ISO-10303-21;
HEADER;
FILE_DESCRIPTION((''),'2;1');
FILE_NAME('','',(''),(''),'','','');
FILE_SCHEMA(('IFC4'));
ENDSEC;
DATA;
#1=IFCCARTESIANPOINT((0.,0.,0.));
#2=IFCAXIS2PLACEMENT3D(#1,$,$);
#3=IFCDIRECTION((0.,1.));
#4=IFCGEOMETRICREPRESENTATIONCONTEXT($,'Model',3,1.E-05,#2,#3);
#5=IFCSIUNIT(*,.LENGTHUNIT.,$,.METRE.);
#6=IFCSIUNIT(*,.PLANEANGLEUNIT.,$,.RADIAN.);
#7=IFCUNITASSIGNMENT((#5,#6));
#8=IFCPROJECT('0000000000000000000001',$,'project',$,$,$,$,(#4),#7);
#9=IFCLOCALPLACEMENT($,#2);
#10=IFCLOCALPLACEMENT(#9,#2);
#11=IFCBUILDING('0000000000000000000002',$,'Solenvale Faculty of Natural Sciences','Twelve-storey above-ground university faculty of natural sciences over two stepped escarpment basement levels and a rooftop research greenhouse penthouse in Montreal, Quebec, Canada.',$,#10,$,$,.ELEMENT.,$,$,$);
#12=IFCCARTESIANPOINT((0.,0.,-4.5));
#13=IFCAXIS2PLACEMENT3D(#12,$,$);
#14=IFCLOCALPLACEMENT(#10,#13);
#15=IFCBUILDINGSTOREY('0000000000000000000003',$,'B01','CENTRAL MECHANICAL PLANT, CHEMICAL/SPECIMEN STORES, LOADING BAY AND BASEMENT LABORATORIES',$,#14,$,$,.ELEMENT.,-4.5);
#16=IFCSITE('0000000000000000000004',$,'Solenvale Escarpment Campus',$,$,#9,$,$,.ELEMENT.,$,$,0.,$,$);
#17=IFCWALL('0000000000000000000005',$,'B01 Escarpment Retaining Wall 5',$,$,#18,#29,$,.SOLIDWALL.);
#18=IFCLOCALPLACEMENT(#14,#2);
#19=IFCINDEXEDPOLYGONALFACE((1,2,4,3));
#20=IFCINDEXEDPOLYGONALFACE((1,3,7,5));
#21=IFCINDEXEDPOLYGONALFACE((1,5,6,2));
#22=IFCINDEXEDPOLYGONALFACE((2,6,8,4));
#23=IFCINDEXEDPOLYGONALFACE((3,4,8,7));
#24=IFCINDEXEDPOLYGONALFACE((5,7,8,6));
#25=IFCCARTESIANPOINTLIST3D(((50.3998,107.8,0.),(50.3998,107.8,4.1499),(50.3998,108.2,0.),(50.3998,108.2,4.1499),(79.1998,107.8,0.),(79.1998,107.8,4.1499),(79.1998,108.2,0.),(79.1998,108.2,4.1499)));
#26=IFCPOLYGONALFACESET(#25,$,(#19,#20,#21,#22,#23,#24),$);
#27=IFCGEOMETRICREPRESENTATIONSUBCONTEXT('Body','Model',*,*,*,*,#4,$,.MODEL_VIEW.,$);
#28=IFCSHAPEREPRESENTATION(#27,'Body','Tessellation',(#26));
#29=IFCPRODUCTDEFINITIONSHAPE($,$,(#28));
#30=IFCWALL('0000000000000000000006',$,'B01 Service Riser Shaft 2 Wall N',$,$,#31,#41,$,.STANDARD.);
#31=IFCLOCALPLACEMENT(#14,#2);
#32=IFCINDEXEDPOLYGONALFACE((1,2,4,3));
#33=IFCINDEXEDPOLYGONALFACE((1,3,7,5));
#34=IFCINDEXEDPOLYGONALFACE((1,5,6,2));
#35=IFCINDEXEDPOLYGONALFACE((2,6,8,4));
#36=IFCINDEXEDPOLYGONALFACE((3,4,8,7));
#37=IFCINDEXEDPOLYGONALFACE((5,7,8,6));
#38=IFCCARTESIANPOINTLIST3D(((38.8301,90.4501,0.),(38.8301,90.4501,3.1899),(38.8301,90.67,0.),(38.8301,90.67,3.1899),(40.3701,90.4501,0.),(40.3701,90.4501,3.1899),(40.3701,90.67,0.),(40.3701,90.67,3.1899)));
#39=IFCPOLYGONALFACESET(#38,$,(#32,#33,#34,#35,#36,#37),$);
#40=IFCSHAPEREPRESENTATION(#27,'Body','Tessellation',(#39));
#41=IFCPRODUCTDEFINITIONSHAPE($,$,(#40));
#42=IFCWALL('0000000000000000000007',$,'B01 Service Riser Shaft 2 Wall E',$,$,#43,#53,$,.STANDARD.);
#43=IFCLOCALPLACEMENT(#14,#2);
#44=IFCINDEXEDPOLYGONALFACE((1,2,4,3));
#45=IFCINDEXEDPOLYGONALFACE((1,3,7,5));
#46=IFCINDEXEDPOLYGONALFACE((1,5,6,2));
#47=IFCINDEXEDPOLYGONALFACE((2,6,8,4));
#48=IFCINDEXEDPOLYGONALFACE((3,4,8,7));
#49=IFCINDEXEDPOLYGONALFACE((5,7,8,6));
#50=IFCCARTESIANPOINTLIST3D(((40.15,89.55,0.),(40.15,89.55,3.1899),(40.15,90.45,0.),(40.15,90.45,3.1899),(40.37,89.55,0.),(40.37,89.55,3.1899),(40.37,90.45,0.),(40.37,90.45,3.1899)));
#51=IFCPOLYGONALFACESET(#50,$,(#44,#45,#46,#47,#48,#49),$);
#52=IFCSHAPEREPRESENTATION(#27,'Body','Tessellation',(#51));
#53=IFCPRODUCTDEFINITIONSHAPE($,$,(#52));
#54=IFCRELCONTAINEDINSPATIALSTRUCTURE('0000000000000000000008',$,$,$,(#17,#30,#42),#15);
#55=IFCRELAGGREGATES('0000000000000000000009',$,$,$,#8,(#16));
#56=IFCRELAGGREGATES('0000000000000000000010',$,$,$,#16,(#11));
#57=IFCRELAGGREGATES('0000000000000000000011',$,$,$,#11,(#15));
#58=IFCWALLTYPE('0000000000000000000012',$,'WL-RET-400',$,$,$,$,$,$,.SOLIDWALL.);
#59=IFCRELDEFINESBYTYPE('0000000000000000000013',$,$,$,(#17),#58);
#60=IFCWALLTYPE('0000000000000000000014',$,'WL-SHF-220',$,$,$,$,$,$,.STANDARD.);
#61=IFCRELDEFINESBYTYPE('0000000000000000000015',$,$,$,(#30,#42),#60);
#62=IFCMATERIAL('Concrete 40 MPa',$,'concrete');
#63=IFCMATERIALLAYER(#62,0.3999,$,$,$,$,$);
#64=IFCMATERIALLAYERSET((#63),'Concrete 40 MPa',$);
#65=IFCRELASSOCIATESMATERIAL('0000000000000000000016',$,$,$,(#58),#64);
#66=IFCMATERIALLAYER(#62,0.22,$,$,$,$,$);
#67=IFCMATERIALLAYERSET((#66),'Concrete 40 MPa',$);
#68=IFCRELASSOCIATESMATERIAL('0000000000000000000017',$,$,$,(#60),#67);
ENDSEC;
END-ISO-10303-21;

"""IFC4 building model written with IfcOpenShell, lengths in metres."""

from ifc_helpers import new_model, si_unit, direction, frame, frame_2d, origin, place, context, subcontext, project, spatial, rectangle, extrude, material, layer, layer_set, type_object, element, save


model = new_model("IFC4")

# Units and contexts
model_context = context("Model", 3, precision=1e-05, world=origin(), true_north=direction((0.0, 1.0)))
body_context = subcontext(model_context, "Body", "Model", "MODEL_VIEW")
ifc_project = project(units=[si_unit("LENGTHUNIT", "METRE"), si_unit("PLANEANGLEUNIT", "RADIAN")], contexts=[model_context])

# Site, building, storey
site_placement = place(None, origin())
site = spatial("IfcSite", under=ifc_project, at=site_placement, Name="Solenvale Escarpment Campus", CompositionType="ELEMENT", RefElevation=0.0)
building_placement = place(site_placement, origin())
building = spatial("IfcBuilding", under=site, at=building_placement, Name="Solenvale Faculty of Natural Sciences", Description="Twelve-storey above-ground university faculty of natural sciences over two stepped escarpment basement levels and a rooftop research greenhouse penthouse in Montreal, Quebec, Canada.", CompositionType="ELEMENT")
storey_placement = place(building_placement, frame((0.0, 0.0, -4.5)))
storey = spatial("IfcBuildingStorey", under=building, at=storey_placement, Name="B01", Description="CENTRAL MECHANICAL PLANT, CHEMICAL/SPECIMEN STORES, LOADING BAY AND BASEMENT LABORATORIES", CompositionType="ELEMENT", Elevation=-4.5)

# Shared definitions
ifc_material_1 = material(Name="Concrete 40 MPa", Category="concrete")

# Walls
ifc_layer_1 = layer(ifc_material_1, 0.3999)
ifc_layer_set_1 = layer_set([ifc_layer_1], Name="Concrete 40 MPa")
wall_type_1 = type_object("IfcWallType", Name="WL-RET-400", PredefinedType="SOLIDWALL", material=ifc_layer_set_1)
wall_1_placement = place(storey_placement, frame((50.3999, 108.0, 0.0), z_axis=(0.0, 0.0, 1.0), x_axis=(1.0, 0.0, 0.0)))
element("IfcWall", 1, at=wall_1_placement, inside=storey, type_object=wall_type_1, Name="B01 Escarpment Retaining Wall 5", PredefinedType="SOLIDWALL", context=body_context, shape_type="SweptSolid", body=[
    extrude(rectangle(XDim=28.8, YDim=0.3999, at=frame_2d((14.3999, 0.0))), origin(), (0.0, 0.0, 1.0), 4.1499),
])
ifc_layer_2 = layer(ifc_material_1, 0.22)
ifc_layer_set_2 = layer_set([ifc_layer_2], Name="Concrete 40 MPa")
wall_type_2 = type_object("IfcWallType", Name="WL-SHF-220", PredefinedType="STANDARD", material=ifc_layer_set_2)
wall_2_placement = place(storey_placement, frame((38.8301, 90.5601, 0.0), z_axis=(0.0, 0.0, 1.0), x_axis=(1.0, 0.0, 0.0)))
element("IfcWall", 2, at=wall_2_placement, inside=storey, type_object=wall_type_2, Name="B01 Service Riser Shaft 2 Wall N", PredefinedType="STANDARD", context=body_context, shape_type="SweptSolid", body=[
    extrude(rectangle(XDim=1.54, YDim=0.22, at=frame_2d((0.77, 0.0))), origin(), (0.0, 0.0, 1.0), 3.1899),
])
wall_3_placement = place(storey_placement, frame((40.26, 89.55, 0.0), z_axis=(0.0, 0.0, 1.0), x_axis=(0.0, 1.0, 0.0)))
element("IfcWall", 3, at=wall_3_placement, inside=storey, type_object=wall_type_2, Name="B01 Service Riser Shaft 2 Wall E", PredefinedType="STANDARD", context=body_context, shape_type="SweptSolid", body=[
    extrude(rectangle(XDim=0.8999, YDim=0.22, at=frame_2d((0.45, 0.0))), origin(), (0.0, 0.0, 1.0), 3.1899),
])

save(model, "model.ifc")
